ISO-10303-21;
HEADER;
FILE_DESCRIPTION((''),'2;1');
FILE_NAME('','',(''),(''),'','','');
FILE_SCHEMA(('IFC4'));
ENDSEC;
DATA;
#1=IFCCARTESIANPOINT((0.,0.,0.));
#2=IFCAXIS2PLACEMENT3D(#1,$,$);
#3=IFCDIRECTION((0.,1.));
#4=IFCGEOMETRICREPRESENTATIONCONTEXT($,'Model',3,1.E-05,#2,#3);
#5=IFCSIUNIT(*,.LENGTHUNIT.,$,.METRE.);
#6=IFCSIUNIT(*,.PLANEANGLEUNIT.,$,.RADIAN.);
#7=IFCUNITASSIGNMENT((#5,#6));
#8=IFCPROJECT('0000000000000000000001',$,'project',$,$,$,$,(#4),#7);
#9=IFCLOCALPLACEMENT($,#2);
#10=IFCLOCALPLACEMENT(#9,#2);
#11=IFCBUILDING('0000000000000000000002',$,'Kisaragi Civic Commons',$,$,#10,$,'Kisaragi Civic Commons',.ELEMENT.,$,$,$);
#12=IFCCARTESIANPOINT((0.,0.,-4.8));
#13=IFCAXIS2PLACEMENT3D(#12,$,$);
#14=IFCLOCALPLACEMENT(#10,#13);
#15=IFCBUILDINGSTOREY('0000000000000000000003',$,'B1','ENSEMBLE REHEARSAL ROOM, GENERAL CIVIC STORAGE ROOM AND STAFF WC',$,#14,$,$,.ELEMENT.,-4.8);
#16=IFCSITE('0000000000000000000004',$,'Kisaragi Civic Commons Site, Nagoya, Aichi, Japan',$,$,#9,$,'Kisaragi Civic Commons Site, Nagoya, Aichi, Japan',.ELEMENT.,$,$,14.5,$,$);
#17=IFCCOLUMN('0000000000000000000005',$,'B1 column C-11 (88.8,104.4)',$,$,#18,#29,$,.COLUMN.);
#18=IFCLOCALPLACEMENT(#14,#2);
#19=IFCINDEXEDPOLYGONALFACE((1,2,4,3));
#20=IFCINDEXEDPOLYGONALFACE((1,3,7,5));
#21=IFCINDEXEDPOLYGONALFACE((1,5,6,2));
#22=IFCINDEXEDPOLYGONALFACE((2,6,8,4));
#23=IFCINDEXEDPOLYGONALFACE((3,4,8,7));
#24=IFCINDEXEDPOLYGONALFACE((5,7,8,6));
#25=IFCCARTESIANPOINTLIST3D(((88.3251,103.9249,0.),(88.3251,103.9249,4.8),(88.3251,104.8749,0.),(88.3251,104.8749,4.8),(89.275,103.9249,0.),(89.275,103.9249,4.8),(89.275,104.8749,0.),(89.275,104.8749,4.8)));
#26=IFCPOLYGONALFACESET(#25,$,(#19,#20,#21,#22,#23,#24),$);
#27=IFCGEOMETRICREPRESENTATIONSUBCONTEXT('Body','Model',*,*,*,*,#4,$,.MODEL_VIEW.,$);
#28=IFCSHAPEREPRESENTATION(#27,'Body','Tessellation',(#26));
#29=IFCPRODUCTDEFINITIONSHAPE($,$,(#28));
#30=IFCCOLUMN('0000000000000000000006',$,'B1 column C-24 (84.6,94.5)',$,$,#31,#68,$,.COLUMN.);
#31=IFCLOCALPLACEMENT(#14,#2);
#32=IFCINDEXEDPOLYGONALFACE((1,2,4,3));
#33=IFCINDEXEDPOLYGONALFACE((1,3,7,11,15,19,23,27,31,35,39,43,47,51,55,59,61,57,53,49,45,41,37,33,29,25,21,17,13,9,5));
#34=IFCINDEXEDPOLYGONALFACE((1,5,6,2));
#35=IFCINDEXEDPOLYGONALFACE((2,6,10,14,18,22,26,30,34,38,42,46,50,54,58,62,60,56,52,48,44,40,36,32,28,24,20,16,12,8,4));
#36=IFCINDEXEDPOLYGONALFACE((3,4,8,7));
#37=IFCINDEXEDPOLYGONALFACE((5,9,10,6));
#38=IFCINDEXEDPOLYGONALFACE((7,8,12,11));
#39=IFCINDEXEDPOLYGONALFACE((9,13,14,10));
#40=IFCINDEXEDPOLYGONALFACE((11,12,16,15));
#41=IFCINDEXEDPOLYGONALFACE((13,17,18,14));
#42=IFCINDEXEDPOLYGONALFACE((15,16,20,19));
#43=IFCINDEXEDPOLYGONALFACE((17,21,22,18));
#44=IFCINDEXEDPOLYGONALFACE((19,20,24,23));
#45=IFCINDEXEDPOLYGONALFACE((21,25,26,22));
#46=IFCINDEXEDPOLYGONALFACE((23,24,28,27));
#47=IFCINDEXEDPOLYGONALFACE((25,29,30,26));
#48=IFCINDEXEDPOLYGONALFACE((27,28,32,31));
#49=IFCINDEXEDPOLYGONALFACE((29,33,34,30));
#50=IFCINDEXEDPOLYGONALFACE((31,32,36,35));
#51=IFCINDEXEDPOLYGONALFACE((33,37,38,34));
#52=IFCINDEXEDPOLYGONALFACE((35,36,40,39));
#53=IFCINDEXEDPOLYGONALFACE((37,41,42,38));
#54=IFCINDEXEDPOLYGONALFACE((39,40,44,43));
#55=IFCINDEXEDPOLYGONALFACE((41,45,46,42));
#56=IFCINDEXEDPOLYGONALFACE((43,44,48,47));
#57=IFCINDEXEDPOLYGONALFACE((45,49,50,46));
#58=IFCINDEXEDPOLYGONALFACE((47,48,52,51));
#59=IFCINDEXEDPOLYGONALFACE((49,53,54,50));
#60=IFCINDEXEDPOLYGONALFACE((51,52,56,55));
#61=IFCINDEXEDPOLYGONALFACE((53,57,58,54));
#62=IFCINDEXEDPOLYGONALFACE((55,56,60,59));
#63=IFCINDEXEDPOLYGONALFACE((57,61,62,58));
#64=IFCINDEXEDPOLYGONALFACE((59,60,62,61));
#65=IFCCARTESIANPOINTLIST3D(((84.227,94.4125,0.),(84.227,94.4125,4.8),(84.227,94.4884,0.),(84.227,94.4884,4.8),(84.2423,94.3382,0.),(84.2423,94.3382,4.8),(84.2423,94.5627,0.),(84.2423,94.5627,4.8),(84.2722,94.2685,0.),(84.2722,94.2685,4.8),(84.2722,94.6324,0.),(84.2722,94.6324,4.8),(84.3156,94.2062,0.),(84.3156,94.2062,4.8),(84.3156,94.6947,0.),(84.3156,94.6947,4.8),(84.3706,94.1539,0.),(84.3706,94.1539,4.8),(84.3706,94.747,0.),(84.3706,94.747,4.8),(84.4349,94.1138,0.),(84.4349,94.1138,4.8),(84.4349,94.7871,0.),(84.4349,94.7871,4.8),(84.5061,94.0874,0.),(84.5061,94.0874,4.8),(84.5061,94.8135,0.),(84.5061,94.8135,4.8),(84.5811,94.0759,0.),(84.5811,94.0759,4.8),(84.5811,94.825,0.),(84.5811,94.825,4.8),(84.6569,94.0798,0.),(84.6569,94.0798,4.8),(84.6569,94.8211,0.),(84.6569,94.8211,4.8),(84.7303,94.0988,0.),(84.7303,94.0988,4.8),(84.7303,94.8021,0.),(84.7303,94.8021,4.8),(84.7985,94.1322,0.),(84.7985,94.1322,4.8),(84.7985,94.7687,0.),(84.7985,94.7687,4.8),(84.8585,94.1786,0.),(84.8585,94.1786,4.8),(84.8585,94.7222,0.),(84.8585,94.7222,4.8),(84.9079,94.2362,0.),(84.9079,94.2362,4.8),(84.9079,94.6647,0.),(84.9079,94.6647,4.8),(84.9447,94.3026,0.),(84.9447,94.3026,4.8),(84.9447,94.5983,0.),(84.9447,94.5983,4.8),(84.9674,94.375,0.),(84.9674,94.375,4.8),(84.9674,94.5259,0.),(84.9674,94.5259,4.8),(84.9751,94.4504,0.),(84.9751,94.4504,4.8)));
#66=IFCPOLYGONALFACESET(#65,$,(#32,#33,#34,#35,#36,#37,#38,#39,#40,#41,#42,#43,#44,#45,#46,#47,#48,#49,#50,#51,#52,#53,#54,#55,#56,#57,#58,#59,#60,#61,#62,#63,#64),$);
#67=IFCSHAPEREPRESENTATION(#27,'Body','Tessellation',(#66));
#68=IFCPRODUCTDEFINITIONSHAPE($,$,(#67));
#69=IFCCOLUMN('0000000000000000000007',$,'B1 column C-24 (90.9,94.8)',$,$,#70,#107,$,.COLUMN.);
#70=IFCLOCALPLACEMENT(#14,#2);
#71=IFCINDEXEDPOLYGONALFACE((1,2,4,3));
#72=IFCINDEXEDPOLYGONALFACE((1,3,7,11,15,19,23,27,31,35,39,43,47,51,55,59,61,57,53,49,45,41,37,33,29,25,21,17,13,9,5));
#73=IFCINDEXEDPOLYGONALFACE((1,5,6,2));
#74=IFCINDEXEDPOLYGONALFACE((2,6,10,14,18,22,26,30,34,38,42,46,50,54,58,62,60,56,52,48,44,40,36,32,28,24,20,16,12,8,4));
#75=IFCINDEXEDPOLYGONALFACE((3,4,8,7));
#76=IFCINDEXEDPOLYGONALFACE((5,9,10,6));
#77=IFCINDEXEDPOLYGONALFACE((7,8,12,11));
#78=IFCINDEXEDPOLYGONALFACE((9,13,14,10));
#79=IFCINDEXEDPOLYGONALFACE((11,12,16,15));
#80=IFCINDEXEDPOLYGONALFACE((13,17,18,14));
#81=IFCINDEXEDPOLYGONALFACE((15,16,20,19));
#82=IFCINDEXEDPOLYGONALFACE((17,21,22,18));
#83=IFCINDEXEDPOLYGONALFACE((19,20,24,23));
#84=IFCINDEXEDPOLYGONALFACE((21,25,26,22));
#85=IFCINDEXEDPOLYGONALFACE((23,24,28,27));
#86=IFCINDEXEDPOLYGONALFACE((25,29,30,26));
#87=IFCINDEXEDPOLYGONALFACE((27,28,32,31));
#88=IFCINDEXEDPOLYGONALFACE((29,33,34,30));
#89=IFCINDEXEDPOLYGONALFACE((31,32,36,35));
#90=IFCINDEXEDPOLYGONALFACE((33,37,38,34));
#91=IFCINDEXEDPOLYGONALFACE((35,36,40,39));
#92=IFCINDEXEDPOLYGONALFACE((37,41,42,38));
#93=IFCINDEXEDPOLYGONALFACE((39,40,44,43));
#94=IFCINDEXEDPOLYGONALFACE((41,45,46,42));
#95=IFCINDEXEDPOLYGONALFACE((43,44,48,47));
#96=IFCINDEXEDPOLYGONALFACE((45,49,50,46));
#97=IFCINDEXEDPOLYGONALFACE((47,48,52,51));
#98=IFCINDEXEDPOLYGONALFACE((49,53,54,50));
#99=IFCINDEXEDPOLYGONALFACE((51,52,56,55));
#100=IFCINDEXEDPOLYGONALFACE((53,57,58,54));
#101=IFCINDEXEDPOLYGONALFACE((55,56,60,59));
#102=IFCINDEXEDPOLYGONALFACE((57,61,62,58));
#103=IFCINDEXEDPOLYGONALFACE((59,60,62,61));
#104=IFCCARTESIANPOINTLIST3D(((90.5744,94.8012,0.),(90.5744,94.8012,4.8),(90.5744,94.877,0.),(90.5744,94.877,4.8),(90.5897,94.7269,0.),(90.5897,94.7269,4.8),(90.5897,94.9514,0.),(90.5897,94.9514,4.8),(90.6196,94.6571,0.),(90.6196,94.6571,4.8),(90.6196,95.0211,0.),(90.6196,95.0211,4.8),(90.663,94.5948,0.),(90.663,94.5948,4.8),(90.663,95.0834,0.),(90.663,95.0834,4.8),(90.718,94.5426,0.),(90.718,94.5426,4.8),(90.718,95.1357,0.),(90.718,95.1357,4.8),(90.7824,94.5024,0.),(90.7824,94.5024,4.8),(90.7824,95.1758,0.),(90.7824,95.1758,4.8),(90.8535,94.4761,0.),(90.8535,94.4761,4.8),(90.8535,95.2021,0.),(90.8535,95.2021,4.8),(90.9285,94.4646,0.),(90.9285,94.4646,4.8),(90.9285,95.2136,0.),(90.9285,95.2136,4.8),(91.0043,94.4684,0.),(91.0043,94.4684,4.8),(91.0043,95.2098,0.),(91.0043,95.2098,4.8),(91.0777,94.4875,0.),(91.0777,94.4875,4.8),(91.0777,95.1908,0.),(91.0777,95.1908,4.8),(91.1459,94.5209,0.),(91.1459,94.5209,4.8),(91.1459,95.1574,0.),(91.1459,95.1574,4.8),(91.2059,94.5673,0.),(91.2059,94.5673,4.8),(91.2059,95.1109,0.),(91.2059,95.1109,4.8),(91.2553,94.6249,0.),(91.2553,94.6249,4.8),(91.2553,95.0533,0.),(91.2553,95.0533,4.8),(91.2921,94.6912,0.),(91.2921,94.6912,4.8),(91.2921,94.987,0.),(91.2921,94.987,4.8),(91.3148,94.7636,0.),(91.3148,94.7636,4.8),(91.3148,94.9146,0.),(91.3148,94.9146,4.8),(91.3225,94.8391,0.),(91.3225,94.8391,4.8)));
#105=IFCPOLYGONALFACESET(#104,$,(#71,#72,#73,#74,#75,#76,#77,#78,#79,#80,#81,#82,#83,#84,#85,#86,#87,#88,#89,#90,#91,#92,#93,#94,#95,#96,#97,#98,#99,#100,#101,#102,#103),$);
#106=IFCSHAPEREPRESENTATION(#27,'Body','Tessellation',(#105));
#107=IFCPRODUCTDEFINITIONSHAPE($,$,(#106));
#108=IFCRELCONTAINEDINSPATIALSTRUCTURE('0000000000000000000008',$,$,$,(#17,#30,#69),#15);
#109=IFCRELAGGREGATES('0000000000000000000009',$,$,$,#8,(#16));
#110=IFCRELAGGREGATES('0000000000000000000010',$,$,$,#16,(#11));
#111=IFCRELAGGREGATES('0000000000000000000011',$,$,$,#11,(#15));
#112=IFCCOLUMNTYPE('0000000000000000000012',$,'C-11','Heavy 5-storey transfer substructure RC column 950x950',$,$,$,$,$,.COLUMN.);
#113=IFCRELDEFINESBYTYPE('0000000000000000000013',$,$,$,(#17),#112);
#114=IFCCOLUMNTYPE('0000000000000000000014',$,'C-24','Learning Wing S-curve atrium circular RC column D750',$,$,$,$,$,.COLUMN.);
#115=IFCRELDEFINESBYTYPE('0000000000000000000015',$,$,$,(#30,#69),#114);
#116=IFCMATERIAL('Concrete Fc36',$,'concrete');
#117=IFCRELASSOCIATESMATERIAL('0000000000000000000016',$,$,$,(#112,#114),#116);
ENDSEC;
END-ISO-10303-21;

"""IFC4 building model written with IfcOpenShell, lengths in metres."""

from ifc_helpers import new_model, si_unit, direction, frame, origin, origin_2d, place, context, subcontext, project, spatial, rectangle, circle, extrude, material, material_profile, profile_set, type_object, element, save


model = new_model("IFC4")

# Units and contexts
model_context = context("Model", 3, precision=1e-05, world=origin(), true_north=direction((0.0, 1.0)))
body_context = subcontext(model_context, "Body", "Model", "MODEL_VIEW")
ifc_project = project(units=[si_unit("LENGTHUNIT", "METRE"), si_unit("PLANEANGLEUNIT", "RADIAN")], contexts=[model_context])

# Site, building, storey
site_placement = place(None, origin())
site = spatial("IfcSite", under=ifc_project, at=site_placement, Name="Kisaragi Civic Commons Site, Nagoya, Aichi, Japan", LongName="Kisaragi Civic Commons Site, Nagoya, Aichi, Japan", CompositionType="ELEMENT", RefElevation=14.5)
building_placement = place(site_placement, origin())
building = spatial("IfcBuilding", under=site, at=building_placement, Name="Kisaragi Civic Commons", LongName="Kisaragi Civic Commons", CompositionType="ELEMENT")
storey_placement = place(building_placement, frame((0.0, 0.0, -4.8)))
storey = spatial("IfcBuildingStorey", under=building, at=storey_placement, Name="B1", Description="ENSEMBLE REHEARSAL ROOM, GENERAL CIVIC STORAGE ROOM AND STAFF WC", CompositionType="ELEMENT", Elevation=-4.8)

# Shared definitions
ifc_material_1 = material(Name="Concrete Fc36", Category="concrete")

# Columns
ifc_material_profile_1 = material_profile(ifc_material_1, rectangle(XDim=0.95, YDim=0.95, at=origin_2d()), Name="RC-950x950", Category="concrete")
ifc_profile_set_1 = profile_set([ifc_material_profile_1], Name="Concrete Fc36")
column_type_1 = type_object("IfcColumnType", Name="C-11", Description="Heavy 5-storey transfer substructure RC column 950x950", PredefinedType="COLUMN", material=ifc_profile_set_1)
column_1_placement = place(storey_placement, frame((88.8, 104.3999, 0.0), z_axis=(0.0, 0.0, 1.0), x_axis=(1.0, 0.0, 0.0)))
element("IfcColumn", 1, at=column_1_placement, inside=storey, type_object=column_type_1, Name="B1 column C-11 (88.8,104.4)", PredefinedType="COLUMN", context=body_context, shape_type="SweptSolid", body=[
    extrude(rectangle(XDim=0.95, YDim=0.95, at=origin_2d()), origin(), (0.0, 0.0, 1.0), 4.8),
])
ifc_material_profile_2 = material_profile(ifc_material_1, circle(Radius=0.375, at=origin_2d()), Name="RC-D750", Category="concrete")
ifc_profile_set_2 = profile_set([ifc_material_profile_2], Name="Concrete Fc36")
column_type_2 = type_object("IfcColumnType", Name="C-24", Description="Learning Wing S-curve atrium circular RC column D750", PredefinedType="COLUMN", material=ifc_profile_set_2)
for number, where, z_axis, x_axis, name in (
    (2, (84.6001, 94.4504, 0.0), (0.0, 0.0, 1.0), (1.0, 0.0, 0.0), "B1 column C-24 (84.6,94.5)"),
    (3, (90.9475, 94.8391, 0.0), (0.0, 0.0, 1.0), (1.0, 0.0, 0.0), "B1 column C-24 (90.9,94.8)"),
):
    element("IfcColumn", number, at=place(storey_placement, frame(where, z_axis=z_axis, x_axis=x_axis)), inside=storey, type_object=column_type_2, Name=name, PredefinedType="COLUMN", context=body_context, shape_type="SweptSolid", body=[
        extrude(circle(Radius=0.375, at=origin_2d()), origin(), (0.0, 0.0, 1.0), 4.8),
    ])

save(model, "model.ifc")
